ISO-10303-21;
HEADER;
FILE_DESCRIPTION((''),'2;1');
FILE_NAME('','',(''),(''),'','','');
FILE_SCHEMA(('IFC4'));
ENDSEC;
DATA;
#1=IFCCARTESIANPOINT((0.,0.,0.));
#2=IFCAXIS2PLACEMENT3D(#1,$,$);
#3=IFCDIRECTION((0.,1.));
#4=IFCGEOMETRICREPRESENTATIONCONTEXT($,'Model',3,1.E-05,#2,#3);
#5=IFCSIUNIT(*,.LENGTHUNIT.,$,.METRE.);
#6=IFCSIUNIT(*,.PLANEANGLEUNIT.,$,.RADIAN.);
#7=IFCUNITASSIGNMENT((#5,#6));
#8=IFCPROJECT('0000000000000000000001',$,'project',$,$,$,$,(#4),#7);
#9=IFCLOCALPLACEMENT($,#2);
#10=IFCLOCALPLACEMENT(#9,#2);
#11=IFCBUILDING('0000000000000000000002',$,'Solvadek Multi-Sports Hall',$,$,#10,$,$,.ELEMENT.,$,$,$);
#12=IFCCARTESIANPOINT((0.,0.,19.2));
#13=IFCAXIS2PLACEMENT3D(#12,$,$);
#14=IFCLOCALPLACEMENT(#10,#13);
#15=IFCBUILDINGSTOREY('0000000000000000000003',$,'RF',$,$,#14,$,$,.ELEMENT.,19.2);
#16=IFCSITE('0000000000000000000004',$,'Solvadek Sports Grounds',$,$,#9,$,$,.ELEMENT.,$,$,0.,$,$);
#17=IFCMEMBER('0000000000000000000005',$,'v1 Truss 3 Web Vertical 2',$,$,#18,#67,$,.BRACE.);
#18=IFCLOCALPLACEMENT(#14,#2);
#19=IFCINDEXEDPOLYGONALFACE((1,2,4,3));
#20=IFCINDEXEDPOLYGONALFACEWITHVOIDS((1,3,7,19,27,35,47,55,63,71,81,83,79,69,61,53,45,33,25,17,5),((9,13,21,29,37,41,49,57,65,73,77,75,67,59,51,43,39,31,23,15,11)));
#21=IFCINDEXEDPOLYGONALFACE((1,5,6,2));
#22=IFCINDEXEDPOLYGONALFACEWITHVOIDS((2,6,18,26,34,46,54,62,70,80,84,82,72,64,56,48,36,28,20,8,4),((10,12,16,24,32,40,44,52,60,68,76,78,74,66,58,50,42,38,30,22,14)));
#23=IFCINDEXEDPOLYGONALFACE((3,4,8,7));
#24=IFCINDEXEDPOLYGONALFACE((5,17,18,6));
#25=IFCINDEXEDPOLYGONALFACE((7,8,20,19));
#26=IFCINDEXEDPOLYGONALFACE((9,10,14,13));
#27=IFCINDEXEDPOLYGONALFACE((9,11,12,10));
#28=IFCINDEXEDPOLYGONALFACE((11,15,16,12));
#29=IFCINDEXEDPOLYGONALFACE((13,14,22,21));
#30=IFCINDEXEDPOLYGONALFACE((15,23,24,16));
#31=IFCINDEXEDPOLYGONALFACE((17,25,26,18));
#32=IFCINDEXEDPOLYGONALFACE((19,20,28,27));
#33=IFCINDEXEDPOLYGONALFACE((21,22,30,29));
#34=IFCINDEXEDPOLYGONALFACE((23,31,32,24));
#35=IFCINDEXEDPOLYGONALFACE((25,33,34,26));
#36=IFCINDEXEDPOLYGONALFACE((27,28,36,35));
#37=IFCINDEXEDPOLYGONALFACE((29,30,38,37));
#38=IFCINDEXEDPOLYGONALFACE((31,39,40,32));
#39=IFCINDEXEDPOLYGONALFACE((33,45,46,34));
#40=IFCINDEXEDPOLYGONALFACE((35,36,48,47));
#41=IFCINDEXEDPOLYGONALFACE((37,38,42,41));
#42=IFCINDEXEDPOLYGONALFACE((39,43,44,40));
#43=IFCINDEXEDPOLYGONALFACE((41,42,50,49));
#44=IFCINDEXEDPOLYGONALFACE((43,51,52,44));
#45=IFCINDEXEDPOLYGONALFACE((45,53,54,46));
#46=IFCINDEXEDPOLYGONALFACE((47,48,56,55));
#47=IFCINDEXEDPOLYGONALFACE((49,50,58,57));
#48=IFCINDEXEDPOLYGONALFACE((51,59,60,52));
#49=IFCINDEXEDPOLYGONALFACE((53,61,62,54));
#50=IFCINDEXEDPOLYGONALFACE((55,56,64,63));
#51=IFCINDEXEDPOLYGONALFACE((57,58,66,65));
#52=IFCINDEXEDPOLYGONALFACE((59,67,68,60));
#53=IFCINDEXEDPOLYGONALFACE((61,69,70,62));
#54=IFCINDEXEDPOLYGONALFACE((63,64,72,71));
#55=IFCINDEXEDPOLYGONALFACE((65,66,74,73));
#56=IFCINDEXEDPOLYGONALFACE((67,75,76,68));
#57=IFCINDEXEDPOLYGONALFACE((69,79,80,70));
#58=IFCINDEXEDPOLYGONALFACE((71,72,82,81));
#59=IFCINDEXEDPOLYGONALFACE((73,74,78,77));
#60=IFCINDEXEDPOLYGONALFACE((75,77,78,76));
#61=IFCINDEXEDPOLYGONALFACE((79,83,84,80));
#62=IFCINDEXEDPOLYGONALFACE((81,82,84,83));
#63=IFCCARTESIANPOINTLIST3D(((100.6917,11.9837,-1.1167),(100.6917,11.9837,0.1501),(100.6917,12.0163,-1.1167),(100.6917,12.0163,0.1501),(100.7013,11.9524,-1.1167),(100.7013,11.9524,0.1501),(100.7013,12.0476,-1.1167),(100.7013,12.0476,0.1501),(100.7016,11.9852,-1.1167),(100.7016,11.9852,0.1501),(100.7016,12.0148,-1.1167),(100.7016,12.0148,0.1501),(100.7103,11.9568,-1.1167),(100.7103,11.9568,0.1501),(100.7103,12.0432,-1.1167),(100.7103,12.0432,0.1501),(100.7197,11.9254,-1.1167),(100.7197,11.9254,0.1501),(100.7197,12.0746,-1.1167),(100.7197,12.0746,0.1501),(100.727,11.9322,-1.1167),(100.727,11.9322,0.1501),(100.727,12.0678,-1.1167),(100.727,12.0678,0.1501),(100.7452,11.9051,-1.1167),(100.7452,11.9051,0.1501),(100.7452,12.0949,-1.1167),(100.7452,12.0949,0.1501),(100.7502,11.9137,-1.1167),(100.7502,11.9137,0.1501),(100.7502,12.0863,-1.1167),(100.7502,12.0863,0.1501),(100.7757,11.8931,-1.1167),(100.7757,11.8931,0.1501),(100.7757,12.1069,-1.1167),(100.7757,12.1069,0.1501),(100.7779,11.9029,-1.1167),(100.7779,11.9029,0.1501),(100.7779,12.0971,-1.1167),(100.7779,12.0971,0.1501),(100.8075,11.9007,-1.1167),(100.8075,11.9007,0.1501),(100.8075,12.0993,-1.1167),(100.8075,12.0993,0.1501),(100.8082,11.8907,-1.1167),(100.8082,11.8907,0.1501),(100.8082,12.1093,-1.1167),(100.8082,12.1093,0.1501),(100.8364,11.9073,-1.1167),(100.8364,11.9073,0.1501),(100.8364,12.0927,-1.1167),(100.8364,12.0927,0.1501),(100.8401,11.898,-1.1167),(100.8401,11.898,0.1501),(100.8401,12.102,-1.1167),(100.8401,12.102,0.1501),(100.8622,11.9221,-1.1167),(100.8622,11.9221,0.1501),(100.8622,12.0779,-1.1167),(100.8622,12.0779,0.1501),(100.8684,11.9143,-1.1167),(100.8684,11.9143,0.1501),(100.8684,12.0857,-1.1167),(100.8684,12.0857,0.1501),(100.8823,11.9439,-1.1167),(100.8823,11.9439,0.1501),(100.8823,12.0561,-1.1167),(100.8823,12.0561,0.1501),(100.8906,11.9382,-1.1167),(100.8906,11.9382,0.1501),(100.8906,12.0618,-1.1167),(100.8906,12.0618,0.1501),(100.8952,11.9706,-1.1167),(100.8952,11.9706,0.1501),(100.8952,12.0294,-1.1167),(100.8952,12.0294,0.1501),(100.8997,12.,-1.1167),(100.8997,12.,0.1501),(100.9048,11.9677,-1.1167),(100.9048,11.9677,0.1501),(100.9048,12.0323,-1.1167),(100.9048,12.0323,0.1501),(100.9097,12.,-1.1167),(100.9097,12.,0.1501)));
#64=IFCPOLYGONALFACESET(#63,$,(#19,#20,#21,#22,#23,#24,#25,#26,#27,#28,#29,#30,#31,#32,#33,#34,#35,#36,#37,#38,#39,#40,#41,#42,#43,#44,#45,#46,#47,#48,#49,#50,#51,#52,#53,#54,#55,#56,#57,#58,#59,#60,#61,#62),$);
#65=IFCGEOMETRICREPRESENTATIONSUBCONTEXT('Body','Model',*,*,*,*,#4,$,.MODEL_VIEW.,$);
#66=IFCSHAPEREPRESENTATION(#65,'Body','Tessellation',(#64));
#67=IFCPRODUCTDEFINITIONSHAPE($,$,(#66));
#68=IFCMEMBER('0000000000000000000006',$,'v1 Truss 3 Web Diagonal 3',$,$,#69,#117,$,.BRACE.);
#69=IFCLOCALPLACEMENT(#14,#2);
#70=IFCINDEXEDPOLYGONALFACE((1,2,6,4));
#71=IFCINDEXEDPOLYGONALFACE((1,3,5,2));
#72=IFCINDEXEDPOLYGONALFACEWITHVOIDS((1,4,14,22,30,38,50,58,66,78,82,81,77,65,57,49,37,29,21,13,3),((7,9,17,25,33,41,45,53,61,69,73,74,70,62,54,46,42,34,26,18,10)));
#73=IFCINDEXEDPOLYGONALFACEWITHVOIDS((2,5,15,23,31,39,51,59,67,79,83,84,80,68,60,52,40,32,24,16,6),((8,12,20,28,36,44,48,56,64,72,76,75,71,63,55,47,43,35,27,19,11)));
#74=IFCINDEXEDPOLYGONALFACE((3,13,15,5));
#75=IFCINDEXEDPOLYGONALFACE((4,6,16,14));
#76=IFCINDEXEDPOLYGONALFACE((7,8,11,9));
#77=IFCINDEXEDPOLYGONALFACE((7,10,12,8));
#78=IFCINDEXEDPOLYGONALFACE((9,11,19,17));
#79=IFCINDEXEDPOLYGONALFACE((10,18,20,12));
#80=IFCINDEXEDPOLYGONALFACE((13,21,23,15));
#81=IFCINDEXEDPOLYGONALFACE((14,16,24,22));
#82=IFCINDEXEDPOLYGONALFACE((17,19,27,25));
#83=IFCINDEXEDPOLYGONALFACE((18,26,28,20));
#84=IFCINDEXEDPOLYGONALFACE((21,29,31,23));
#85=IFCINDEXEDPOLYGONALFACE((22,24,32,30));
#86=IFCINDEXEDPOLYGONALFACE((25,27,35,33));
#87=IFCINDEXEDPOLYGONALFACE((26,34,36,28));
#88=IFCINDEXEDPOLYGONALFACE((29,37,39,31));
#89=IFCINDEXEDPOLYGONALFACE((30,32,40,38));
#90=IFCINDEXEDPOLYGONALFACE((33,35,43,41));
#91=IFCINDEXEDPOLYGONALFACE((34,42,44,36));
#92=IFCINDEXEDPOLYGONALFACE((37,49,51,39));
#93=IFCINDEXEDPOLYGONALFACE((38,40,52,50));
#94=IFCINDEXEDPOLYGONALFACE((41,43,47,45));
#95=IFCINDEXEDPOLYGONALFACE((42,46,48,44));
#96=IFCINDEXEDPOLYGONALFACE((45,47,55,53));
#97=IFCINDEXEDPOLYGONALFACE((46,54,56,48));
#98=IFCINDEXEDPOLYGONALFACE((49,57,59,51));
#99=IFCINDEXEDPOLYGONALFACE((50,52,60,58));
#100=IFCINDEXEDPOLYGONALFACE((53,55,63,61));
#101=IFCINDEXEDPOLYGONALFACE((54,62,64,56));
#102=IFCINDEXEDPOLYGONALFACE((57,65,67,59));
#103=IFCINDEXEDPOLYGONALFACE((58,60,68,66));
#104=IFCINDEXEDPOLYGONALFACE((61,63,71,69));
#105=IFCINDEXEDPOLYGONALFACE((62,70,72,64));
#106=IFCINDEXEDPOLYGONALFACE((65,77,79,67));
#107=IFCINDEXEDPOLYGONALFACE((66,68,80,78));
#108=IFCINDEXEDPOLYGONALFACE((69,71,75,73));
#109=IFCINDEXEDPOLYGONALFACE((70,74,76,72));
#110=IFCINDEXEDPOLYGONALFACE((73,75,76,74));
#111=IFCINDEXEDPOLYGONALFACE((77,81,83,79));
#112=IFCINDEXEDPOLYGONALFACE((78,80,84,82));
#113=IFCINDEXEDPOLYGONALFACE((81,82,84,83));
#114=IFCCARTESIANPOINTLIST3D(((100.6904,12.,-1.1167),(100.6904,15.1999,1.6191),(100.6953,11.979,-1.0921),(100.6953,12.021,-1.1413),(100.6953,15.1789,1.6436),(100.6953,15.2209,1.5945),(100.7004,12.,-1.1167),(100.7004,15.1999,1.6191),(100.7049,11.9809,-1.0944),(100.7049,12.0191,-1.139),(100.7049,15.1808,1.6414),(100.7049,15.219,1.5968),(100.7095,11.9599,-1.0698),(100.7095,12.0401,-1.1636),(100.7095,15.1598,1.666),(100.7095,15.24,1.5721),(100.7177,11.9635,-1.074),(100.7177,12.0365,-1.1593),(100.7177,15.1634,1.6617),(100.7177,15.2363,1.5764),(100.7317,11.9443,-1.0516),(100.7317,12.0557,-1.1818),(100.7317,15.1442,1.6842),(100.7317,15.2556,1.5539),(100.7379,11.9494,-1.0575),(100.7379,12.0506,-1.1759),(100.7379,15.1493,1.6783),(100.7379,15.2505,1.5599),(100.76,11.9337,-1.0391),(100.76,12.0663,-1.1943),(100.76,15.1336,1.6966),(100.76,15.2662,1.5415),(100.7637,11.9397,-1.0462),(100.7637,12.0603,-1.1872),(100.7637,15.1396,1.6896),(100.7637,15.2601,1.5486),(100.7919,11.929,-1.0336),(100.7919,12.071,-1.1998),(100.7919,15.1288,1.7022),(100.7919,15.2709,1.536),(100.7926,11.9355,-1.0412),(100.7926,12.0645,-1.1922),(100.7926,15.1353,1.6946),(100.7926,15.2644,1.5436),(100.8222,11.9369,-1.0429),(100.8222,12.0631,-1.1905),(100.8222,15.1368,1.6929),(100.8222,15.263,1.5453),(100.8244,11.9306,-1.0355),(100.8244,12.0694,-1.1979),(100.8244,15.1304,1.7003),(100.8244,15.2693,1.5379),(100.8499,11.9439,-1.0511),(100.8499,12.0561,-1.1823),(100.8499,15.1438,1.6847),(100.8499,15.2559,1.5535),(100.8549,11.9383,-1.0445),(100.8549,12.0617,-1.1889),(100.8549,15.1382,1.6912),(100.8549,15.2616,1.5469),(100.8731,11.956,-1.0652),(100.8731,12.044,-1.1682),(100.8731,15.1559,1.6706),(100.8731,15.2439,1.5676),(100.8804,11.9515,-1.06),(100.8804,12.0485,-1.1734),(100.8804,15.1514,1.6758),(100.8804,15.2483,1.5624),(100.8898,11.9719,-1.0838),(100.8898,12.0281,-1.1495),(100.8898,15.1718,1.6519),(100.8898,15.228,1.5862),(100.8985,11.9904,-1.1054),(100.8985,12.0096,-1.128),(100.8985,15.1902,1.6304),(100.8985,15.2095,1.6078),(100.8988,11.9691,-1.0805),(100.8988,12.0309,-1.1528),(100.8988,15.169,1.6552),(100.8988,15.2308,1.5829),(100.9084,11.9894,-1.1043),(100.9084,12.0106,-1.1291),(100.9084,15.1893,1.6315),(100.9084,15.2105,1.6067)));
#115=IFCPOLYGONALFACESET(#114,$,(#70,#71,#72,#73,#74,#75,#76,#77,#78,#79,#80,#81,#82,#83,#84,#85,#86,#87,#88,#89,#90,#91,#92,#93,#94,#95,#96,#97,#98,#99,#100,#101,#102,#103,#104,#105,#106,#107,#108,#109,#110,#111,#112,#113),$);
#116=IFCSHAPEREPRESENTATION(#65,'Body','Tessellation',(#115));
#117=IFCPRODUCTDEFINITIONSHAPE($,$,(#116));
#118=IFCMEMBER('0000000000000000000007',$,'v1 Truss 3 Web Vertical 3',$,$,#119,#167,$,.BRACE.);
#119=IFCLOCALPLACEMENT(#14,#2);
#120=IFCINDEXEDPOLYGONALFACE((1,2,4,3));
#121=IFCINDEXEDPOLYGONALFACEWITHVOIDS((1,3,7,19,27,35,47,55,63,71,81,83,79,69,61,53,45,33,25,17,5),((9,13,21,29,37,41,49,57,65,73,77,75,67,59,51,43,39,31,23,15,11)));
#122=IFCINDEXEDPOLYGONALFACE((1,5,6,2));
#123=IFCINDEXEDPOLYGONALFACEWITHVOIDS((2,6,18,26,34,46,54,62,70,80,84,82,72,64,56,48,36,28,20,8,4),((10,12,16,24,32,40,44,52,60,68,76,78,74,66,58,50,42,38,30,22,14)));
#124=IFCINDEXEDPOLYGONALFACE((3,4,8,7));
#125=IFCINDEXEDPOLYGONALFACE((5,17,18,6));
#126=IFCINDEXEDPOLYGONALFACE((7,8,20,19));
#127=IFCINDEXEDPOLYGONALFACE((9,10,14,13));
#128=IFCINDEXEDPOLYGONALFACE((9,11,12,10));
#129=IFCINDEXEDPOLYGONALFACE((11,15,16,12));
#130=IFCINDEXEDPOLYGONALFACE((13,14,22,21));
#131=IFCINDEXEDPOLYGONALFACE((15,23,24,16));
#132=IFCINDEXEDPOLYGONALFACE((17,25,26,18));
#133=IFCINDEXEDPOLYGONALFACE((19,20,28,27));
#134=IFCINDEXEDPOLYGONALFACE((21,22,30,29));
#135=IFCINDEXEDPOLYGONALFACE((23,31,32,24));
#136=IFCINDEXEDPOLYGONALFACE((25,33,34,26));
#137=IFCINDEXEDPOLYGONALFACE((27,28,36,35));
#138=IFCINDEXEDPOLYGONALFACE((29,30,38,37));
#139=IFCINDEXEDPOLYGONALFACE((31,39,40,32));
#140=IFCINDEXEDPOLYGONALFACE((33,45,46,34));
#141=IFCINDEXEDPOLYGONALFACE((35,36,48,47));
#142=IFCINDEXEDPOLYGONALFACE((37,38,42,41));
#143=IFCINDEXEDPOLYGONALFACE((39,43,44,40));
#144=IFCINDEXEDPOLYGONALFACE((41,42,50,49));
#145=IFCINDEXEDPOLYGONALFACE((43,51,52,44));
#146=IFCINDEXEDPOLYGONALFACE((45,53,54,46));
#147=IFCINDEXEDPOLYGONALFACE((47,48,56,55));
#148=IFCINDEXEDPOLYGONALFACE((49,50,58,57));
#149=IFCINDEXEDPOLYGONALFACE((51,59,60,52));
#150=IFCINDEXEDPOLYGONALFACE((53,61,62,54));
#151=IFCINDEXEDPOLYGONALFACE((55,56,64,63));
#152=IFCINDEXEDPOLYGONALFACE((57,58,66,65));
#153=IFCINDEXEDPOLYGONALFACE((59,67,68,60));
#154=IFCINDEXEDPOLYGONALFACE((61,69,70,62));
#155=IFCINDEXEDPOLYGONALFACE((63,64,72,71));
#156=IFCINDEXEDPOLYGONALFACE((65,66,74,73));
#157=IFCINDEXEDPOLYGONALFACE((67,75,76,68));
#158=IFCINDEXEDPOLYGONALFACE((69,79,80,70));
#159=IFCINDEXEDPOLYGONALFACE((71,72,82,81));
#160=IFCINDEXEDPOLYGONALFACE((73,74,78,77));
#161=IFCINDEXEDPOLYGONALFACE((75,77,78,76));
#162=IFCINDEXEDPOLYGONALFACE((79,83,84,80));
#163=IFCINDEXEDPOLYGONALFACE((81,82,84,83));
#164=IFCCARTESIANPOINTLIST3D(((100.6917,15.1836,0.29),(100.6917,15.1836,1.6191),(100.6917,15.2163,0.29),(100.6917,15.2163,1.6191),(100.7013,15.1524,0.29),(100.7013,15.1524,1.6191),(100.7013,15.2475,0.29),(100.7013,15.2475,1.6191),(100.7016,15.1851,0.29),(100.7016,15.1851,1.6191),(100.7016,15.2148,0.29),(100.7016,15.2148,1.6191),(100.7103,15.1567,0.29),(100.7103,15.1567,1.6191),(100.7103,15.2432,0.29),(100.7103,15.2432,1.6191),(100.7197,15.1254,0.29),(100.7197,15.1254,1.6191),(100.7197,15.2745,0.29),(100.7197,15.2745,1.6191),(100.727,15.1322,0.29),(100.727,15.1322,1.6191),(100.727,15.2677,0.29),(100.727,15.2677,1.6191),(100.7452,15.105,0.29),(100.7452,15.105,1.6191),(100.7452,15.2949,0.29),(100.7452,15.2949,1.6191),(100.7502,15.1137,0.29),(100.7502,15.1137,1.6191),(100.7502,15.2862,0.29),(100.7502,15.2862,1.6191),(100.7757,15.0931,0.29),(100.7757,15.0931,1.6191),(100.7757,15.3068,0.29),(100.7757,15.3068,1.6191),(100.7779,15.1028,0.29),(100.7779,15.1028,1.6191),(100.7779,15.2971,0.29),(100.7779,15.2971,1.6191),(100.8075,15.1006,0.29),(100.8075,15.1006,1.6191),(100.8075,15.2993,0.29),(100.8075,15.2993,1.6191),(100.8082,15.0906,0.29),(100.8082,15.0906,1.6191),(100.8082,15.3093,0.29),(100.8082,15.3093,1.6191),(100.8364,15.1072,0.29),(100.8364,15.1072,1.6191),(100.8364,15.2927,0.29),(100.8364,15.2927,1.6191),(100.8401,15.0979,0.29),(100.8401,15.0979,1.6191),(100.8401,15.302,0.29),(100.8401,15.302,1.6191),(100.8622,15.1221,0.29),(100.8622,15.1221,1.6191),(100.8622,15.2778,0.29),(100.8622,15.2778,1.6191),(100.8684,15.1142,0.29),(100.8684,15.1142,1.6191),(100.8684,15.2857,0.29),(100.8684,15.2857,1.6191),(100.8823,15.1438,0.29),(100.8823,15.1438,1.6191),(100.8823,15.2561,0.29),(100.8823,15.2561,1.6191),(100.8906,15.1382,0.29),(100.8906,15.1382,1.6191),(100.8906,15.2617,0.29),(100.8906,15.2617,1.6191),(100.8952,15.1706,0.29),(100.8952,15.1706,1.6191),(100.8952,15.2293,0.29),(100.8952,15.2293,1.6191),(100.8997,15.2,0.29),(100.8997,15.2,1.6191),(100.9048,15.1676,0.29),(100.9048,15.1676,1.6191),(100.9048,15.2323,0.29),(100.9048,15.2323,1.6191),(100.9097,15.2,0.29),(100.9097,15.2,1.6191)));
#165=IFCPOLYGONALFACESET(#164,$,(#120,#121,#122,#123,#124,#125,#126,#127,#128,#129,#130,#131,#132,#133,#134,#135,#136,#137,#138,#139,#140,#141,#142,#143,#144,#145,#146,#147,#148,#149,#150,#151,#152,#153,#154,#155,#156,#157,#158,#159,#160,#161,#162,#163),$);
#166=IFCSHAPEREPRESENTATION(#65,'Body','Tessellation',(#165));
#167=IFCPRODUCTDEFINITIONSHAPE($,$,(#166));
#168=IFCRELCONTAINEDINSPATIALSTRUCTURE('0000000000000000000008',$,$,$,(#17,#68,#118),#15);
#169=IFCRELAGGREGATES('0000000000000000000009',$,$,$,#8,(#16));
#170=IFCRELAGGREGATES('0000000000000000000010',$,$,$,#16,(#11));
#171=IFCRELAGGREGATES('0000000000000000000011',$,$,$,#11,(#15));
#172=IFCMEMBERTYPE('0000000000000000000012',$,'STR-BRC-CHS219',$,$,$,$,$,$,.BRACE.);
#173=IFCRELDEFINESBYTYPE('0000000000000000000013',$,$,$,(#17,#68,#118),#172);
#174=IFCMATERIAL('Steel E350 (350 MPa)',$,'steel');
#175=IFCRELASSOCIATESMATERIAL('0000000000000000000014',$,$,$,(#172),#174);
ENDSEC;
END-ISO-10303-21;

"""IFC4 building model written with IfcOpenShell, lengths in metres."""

from ifc_helpers import new_model, si_unit, direction, frame, origin, origin_2d, place, context, subcontext, project, spatial, hollow_circle, extrude, material, material_profile, profile_set, type_object, element, save


model = new_model("IFC4")

# Units and contexts
model_context = context("Model", 3, precision=1e-05, world=origin(), true_north=direction((0.0, 1.0)))
body_context = subcontext(model_context, "Body", "Model", "MODEL_VIEW")
ifc_project = project(units=[si_unit("LENGTHUNIT", "METRE"), si_unit("PLANEANGLEUNIT", "RADIAN")], contexts=[model_context])

# Site, building, storey
site_placement = place(None, origin())
site = spatial("IfcSite", under=ifc_project, at=site_placement, Name="Solvadek Sports Grounds", CompositionType="ELEMENT", RefElevation=0.0)
building_placement = place(site_placement, origin())
building = spatial("IfcBuilding", under=site, at=building_placement, Name="Solvadek Multi-Sports Hall", CompositionType="ELEMENT")
storey_placement = place(building_placement, frame((0.0, 0.0, 19.2)))
storey = spatial("IfcBuildingStorey", under=building, at=storey_placement, Name="RF", CompositionType="ELEMENT", Elevation=19.2)

# Members
ifc_material_1 = material(Name="Steel E350 (350 MPa)", Category="steel")
ifc_material_profile_1 = material_profile(ifc_material_1, hollow_circle(Radius=0.1096, WallThickness=0.01, at=origin_2d()), Name="CHS 219.1x10")
ifc_profile_set_1 = profile_set([ifc_material_profile_1], Name="Steel E350 (350 MPa)")
member_type_1 = type_object("IfcMemberType", Name="STR-BRC-CHS219", PredefinedType="BRACE", material=ifc_profile_set_1)
member_1_placement = place(storey_placement, frame((100.8, 12.0, -1.1167), z_axis=(0.0, 0.0, 1.0), x_axis=(1.0, 0.0, 0.0)))
element("IfcMember", 1, at=member_1_placement, inside=storey, type_object=member_type_1, Name="v1 Truss 3 Web Vertical 2", PredefinedType="BRACE", context=body_context, shape_type="SweptSolid", body=[
    extrude(hollow_circle(Radius=0.1096, WallThickness=0.01, at=origin_2d()), origin(), (0.0, 0.0, 1.0), 1.2668),
])
member_2_placement = place(storey_placement, frame((100.8, 12.0, -1.1167), z_axis=(0.0, 0.760075, 0.649836), x_axis=(-1.0, 0.0, 0.0)))
element("IfcMember", 2, at=member_2_placement, inside=storey, type_object=member_type_1, Name="v1 Truss 3 Web Diagonal 3", PredefinedType="BRACE", context=body_context, shape_type="SweptSolid", body=[
    extrude(hollow_circle(Radius=0.1096, WallThickness=0.01, at=origin_2d()), origin(), (0.0, 0.0, 1.0), 4.21),
])
member_3_placement = place(storey_placement, frame((100.8, 15.2, 0.29), z_axis=(0.0, 0.0, 1.0), x_axis=(1.0, 0.0, 0.0)))
element("IfcMember", 3, at=member_3_placement, inside=storey, type_object=member_type_1, Name="v1 Truss 3 Web Vertical 3", PredefinedType="BRACE", context=body_context, shape_type="SweptSolid", body=[
    extrude(hollow_circle(Radius=0.1096, WallThickness=0.01, at=origin_2d()), origin(), (0.0, 0.0, 1.0), 1.3291),
])

save(model, "model.ifc")
